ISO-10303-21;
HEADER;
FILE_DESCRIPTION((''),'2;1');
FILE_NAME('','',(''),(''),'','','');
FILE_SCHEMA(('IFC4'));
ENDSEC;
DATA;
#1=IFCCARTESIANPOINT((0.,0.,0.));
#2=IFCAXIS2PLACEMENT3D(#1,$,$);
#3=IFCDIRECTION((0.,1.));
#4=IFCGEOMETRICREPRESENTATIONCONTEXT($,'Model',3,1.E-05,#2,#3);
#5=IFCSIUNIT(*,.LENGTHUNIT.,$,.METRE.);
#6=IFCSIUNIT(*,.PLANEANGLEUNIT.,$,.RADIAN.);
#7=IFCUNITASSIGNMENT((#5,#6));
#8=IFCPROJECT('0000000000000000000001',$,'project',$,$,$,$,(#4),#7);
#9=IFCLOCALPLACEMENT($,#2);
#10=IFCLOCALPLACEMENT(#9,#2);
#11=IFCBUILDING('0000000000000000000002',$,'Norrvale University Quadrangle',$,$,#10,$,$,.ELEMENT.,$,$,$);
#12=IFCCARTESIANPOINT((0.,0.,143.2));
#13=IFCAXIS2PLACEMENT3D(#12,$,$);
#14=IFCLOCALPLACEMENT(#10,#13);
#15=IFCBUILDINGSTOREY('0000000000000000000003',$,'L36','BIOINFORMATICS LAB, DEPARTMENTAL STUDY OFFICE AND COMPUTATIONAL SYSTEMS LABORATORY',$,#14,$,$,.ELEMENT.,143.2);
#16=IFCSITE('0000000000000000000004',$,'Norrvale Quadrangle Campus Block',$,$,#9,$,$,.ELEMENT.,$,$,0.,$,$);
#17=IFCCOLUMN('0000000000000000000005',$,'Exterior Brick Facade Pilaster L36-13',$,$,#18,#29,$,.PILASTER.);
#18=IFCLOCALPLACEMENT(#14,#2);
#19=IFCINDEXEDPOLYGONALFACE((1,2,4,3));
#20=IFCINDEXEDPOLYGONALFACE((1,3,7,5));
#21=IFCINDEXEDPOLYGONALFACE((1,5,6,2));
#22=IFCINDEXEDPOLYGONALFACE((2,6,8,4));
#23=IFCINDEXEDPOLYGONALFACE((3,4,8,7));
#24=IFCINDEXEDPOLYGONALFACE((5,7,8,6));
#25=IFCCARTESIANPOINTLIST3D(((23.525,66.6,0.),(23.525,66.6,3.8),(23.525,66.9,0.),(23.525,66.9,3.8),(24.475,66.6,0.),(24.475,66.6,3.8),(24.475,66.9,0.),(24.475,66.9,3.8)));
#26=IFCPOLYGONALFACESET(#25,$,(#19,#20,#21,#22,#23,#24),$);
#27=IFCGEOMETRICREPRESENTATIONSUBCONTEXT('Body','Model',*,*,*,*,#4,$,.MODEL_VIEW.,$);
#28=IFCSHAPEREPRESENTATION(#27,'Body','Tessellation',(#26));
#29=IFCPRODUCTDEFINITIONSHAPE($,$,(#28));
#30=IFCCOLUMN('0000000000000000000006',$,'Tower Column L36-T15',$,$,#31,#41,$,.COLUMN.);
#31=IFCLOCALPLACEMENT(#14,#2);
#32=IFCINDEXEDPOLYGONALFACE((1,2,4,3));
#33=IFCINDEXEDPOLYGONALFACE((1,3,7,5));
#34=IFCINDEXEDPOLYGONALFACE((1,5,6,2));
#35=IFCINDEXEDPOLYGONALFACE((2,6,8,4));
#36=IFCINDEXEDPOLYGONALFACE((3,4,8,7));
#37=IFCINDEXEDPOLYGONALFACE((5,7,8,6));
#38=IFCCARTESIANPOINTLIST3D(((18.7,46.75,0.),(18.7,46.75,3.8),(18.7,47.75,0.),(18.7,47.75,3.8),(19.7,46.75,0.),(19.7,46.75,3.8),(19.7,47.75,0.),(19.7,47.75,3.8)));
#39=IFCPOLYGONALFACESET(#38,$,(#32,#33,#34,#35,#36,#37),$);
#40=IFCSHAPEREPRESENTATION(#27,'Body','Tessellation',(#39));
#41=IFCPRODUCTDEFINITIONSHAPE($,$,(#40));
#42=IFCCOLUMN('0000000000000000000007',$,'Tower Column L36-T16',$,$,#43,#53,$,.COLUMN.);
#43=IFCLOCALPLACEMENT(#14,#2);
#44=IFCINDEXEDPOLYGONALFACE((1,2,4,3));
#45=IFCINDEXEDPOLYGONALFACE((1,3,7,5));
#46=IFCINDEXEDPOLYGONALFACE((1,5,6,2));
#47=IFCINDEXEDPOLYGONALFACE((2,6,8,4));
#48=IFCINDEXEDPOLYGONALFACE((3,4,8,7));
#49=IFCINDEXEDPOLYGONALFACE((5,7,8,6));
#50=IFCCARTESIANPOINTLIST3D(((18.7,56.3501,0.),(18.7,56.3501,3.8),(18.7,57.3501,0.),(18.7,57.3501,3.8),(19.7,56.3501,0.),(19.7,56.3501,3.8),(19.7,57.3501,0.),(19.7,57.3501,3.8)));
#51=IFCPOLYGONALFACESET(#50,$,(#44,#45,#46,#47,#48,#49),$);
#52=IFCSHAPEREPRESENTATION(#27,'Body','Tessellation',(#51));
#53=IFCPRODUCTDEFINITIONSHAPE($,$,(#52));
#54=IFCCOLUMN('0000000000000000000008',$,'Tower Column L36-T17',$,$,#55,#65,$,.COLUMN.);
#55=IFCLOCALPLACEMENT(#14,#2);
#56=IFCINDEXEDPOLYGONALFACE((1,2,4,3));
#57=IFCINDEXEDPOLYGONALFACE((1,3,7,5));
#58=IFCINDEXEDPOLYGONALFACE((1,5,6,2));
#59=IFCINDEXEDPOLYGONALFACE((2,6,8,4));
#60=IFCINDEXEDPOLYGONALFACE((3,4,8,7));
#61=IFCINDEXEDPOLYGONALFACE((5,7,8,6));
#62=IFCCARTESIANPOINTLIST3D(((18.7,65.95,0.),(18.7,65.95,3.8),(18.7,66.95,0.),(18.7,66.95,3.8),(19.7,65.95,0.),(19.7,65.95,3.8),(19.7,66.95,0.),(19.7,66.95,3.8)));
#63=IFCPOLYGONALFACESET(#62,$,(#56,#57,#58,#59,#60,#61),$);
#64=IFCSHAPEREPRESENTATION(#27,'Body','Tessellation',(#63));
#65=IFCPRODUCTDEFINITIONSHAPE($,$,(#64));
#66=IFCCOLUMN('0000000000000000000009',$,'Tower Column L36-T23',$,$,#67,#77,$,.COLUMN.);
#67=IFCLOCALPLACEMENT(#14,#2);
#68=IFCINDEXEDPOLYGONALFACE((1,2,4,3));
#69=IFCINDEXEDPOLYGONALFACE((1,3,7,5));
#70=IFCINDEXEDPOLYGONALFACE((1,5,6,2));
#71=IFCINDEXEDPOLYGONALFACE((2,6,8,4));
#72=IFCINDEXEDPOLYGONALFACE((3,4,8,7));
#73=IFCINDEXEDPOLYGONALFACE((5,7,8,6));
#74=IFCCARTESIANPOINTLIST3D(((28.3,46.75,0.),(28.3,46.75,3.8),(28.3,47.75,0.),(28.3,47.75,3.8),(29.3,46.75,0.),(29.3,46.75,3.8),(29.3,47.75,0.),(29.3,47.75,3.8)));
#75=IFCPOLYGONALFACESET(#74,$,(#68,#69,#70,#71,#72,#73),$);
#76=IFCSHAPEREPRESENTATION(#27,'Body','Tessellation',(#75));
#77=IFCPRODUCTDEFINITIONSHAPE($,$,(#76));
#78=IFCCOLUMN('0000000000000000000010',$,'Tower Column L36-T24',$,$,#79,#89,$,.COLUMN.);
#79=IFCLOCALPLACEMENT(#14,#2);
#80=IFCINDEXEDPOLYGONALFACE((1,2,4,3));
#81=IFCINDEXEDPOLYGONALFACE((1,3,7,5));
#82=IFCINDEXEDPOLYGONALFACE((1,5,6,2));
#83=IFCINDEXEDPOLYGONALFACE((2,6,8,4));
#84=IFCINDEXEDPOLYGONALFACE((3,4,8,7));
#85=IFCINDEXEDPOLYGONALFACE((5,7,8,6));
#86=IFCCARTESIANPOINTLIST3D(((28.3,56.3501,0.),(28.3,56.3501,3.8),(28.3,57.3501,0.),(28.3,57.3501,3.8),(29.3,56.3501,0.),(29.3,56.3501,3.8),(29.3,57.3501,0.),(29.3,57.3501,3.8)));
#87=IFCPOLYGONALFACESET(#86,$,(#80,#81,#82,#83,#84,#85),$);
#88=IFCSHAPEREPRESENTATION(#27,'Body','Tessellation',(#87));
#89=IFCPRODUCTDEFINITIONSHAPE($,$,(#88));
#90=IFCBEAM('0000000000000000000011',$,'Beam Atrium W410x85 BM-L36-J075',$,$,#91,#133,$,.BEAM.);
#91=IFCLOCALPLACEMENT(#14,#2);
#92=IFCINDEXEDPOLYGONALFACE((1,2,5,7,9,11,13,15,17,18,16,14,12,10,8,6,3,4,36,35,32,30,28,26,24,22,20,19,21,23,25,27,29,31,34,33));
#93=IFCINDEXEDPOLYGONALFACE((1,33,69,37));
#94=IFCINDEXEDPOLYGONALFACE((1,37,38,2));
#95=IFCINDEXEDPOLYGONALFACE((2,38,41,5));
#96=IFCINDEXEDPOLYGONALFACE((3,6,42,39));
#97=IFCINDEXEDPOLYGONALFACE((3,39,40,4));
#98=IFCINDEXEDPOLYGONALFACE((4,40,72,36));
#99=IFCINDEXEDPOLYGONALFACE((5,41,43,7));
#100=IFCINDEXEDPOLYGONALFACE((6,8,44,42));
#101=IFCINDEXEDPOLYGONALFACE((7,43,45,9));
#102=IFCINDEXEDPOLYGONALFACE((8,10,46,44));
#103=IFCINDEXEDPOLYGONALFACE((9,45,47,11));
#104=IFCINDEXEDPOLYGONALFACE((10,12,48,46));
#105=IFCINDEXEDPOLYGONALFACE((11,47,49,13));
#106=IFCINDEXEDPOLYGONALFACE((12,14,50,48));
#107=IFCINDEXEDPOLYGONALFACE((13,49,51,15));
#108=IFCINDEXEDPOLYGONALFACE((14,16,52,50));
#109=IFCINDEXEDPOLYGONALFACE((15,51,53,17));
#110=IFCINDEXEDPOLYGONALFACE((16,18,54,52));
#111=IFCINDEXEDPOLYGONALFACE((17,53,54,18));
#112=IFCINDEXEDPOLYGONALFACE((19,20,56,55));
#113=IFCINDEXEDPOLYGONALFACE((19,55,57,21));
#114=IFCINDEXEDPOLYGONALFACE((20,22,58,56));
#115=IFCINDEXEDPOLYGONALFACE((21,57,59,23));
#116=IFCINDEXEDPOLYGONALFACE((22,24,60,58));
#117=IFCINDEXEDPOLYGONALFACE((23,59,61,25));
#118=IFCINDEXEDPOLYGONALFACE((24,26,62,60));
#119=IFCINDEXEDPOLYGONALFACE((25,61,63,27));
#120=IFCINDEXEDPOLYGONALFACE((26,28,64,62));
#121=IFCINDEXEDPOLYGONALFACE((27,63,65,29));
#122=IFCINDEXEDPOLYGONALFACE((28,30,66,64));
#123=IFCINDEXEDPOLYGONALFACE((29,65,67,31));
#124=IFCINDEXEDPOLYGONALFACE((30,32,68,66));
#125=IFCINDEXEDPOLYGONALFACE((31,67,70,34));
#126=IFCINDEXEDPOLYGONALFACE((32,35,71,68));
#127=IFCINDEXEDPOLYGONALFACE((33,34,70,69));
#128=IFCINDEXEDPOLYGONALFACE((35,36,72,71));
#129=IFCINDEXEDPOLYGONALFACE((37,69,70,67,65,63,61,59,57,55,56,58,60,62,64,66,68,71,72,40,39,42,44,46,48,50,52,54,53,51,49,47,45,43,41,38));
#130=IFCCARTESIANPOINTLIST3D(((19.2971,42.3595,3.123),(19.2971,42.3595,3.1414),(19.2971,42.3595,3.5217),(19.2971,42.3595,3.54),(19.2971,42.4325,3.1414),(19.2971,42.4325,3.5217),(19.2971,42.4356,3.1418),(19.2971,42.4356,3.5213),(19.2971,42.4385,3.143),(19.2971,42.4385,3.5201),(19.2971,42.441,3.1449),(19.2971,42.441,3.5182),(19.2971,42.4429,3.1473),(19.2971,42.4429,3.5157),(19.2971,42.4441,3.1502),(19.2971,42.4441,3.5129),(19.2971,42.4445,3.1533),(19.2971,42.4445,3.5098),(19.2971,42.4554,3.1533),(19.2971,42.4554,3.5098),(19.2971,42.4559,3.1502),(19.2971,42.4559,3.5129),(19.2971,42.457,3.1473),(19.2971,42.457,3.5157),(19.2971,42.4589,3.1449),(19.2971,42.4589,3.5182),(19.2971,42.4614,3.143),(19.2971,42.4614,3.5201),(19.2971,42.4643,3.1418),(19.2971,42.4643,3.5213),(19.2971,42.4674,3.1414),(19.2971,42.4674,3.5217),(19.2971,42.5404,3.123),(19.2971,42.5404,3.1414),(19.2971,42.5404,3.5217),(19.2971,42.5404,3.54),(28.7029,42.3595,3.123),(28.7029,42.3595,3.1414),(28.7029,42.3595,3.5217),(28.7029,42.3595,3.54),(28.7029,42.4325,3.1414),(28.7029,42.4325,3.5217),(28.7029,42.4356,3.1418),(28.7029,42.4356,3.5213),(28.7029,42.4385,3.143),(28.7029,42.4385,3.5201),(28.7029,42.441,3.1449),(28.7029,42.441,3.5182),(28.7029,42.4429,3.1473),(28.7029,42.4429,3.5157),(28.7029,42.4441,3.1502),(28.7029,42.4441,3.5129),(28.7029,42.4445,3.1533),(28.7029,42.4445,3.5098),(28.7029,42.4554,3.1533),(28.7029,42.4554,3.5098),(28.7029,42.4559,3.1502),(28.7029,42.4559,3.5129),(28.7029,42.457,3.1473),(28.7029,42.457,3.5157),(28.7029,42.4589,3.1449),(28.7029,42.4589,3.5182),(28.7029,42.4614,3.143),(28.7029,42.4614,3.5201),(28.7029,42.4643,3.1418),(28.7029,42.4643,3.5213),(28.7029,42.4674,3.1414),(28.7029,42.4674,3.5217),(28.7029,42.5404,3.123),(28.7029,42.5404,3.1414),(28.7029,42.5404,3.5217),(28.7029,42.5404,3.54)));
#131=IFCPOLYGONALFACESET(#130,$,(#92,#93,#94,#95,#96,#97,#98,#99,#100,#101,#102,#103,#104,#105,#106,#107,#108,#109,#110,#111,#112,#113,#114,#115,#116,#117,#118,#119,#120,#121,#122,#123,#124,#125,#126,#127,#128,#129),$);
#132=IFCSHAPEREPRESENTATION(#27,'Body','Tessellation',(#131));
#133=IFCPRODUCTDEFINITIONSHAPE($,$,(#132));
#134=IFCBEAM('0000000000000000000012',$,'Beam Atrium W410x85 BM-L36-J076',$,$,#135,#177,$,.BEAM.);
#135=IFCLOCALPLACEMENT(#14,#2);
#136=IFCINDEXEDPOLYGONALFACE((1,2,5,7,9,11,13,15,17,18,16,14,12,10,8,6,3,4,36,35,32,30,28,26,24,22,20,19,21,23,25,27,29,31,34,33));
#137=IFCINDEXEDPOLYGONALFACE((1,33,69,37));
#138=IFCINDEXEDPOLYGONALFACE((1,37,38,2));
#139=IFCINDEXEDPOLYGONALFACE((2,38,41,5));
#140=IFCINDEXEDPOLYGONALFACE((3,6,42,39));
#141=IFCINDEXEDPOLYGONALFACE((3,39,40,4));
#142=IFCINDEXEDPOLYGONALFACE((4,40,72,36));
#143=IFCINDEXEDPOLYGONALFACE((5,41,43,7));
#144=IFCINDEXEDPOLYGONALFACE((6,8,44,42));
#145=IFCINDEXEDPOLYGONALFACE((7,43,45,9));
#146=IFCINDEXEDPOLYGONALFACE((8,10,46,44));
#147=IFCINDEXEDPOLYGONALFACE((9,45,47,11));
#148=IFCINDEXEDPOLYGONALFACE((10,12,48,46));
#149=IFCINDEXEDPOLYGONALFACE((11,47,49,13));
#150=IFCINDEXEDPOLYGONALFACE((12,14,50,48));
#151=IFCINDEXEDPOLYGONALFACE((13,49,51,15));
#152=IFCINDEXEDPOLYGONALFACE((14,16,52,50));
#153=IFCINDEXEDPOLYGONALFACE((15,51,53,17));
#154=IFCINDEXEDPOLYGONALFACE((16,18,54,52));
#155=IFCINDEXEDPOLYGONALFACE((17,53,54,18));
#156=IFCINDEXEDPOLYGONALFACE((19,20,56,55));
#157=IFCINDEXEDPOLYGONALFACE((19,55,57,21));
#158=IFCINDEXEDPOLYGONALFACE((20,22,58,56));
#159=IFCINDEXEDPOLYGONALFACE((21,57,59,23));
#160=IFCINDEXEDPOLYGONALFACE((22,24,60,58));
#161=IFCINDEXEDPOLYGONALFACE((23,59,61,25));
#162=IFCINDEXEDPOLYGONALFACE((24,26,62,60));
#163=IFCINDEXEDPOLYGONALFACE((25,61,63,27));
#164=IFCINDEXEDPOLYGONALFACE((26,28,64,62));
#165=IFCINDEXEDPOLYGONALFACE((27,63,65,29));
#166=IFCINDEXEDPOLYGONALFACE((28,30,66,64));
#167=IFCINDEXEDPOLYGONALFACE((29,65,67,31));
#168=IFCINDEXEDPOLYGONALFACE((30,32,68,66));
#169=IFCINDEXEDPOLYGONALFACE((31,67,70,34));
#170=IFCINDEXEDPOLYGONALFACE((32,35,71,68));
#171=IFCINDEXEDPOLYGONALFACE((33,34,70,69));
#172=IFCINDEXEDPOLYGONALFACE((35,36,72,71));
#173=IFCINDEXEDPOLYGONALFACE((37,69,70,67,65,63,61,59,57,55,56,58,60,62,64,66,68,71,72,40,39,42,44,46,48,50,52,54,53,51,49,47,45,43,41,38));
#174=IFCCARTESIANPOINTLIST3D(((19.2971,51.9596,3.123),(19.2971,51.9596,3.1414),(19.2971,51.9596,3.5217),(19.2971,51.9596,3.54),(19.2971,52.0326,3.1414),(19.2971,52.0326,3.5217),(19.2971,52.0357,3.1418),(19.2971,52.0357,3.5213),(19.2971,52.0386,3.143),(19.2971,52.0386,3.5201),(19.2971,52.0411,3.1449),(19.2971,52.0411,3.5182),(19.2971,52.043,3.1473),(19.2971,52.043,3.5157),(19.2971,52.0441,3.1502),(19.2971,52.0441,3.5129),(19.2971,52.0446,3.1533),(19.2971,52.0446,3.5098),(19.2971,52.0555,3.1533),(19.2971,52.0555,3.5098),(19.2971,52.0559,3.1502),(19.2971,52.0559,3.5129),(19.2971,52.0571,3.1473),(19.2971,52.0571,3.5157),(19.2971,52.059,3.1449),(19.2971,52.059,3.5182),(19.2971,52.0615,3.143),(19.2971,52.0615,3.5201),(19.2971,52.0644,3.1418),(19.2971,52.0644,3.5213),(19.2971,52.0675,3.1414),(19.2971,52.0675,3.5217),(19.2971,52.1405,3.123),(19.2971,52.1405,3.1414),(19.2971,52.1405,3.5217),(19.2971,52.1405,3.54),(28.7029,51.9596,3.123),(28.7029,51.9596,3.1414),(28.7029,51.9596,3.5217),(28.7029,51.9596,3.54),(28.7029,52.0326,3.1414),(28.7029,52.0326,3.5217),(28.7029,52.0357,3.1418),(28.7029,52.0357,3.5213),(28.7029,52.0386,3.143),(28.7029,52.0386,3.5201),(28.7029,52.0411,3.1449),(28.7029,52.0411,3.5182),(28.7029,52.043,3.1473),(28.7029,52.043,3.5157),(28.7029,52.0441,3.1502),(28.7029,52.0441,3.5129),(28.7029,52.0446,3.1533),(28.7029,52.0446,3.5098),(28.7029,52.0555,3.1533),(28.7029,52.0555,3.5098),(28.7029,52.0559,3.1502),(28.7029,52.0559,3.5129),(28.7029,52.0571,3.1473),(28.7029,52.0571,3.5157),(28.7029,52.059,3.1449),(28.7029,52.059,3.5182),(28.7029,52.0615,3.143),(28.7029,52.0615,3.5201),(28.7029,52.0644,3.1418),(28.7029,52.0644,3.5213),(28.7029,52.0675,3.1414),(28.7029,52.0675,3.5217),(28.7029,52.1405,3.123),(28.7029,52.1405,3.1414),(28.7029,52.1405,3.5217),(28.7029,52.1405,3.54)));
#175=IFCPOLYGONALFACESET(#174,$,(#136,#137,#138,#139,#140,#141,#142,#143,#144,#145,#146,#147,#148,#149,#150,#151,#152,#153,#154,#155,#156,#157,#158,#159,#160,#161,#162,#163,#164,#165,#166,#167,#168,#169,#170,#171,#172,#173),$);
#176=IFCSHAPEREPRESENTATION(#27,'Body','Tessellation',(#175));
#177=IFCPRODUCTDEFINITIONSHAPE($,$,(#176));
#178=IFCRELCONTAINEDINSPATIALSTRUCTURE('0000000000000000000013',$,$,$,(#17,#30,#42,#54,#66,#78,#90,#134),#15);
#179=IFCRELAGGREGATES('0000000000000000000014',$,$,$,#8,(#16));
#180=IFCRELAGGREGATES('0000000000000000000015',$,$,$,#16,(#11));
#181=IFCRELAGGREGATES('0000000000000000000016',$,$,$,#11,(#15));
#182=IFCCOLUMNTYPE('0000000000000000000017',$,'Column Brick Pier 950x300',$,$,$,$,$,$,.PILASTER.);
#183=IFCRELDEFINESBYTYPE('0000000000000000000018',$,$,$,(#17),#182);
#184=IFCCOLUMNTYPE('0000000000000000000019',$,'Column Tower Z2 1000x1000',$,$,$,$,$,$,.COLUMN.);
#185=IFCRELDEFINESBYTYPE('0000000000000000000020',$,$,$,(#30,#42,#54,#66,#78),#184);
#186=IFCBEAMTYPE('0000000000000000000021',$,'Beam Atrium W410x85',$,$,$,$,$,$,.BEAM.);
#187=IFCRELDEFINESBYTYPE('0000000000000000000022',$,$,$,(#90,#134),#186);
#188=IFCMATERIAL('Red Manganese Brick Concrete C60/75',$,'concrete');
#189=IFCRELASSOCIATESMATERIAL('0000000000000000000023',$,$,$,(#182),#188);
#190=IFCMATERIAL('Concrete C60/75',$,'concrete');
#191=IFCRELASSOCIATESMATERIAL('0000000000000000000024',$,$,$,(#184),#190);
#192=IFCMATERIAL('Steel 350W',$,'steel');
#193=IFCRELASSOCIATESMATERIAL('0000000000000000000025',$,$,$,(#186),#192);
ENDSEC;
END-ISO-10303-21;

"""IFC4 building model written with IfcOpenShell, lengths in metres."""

from ifc_helpers import new_model, si_unit, direction, frame, origin, origin_2d, place, context, subcontext, project, spatial, rectangle, i_section, extrude, material, material_profile, profile_set, type_object, element, save


model = new_model("IFC4")

# Units and contexts
model_context = context("Model", 3, precision=1e-05, world=origin(), true_north=direction((0.0, 1.0)))
body_context = subcontext(model_context, "Body", "Model", "MODEL_VIEW")
ifc_project = project(units=[si_unit("LENGTHUNIT", "METRE"), si_unit("PLANEANGLEUNIT", "RADIAN")], contexts=[model_context])

# Site, building, storey
site_placement = place(None, origin())
site = spatial("IfcSite", under=ifc_project, at=site_placement, Name="Norrvale Quadrangle Campus Block", CompositionType="ELEMENT", RefElevation=0.0)
building_placement = place(site_placement, origin())
building = spatial("IfcBuilding", under=site, at=building_placement, Name="Norrvale University Quadrangle", CompositionType="ELEMENT")
storey_placement = place(building_placement, frame((0.0, 0.0, 143.2)))
storey = spatial("IfcBuildingStorey", under=building, at=storey_placement, Name="L36", Description="BIOINFORMATICS LAB, DEPARTMENTAL STUDY OFFICE AND COMPUTATIONAL SYSTEMS LABORATORY", CompositionType="ELEMENT", Elevation=143.2)

# Columns
ifc_material_1 = material(Name="Red Manganese Brick Concrete C60/75", Category="concrete")
ifc_material_profile_1 = material_profile(ifc_material_1, rectangle(XDim=0.95, YDim=0.3, at=origin_2d()), Name="Red Manganese Brick Concrete C60/75")
ifc_profile_set_1 = profile_set([ifc_material_profile_1], Name="Red Manganese Brick Concrete C60/75")
column_type_1 = type_object("IfcColumnType", Name="Column Brick Pier 950x300", PredefinedType="PILASTER", material=ifc_profile_set_1)
column_placement = place(storey_placement, frame((24.0, 66.75, 0.0), z_axis=(0.0, 0.0, 1.0), x_axis=(1.0, 0.0, 0.0)))
element("IfcColumn", 1, at=column_placement, inside=storey, type_object=column_type_1, Name="Exterior Brick Facade Pilaster L36-13", PredefinedType="PILASTER", context=body_context, shape_type="SweptSolid", body=[
    extrude(rectangle(XDim=0.95, YDim=0.3, at=origin_2d()), origin(), (0.0, 0.0, 1.0), 3.8),
])
ifc_material_2 = material(Name="Concrete C60/75", Category="concrete")
ifc_material_profile_2 = material_profile(ifc_material_2, rectangle(XDim=1.0, YDim=1.0, at=origin_2d()), Name="Concrete C60/75")
ifc_profile_set_2 = profile_set([ifc_material_profile_2], Name="Concrete C60/75")
column_type_2 = type_object("IfcColumnType", Name="Column Tower Z2 1000x1000", PredefinedType="COLUMN", material=ifc_profile_set_2)
for number, where, z_axis, x_axis, name in (
    (2, (19.2, 47.25, 0.0), (0.0, 0.0, 1.0), (1.0, 0.0, 0.0), "Tower Column L36-T15"),
    (3, (19.2, 56.8501, 0.0), (0.0, 0.0, 1.0), (1.0, 0.0, 0.0), "Tower Column L36-T16"),
    (4, (19.2, 66.45, 0.0), (0.0, 0.0, 1.0), (1.0, 0.0, 0.0), "Tower Column L36-T17"),
    (5, (28.8, 47.25, 0.0), (0.0, 0.0, 1.0), (1.0, 0.0, 0.0), "Tower Column L36-T23"),
    (6, (28.8, 56.8501, 0.0), (0.0, 0.0, 1.0), (1.0, 0.0, 0.0), "Tower Column L36-T24"),
):
    element("IfcColumn", number, at=place(storey_placement, frame(where, z_axis=z_axis, x_axis=x_axis)), inside=storey, type_object=column_type_2, Name=name, PredefinedType="COLUMN", context=body_context, shape_type="SweptSolid", body=[
        extrude(rectangle(XDim=1.0, YDim=1.0, at=origin_2d()), origin(), (0.0, 0.0, 1.0), 3.8),
    ])

# Beams
ifc_material_3 = material(Name="Steel 350W", Category="steel")
ifc_material_profile_3 = material_profile(ifc_material_3, i_section(OverallWidth=0.1809, OverallDepth=0.417, WebThickness=0.011, FlangeThickness=0.0183, FilletRadius=0.012, at=origin_2d()), Name="Steel 350W")
ifc_profile_set_3 = profile_set([ifc_material_profile_3], Name="Steel 350W")
beam_type_1 = type_object("IfcBeamType", Name="Beam Atrium W410x85", PredefinedType="BEAM", material=ifc_profile_set_3)
for number, where, z_axis, x_axis, name in (
    (7, (19.2971, 42.45, 3.3315), (1.0, 0.0, 0.0), (0.0, 1.0, 0.0), "Beam Atrium W410x85 BM-L36-J075"),
    (8, (19.2971, 52.05, 3.3315), (1.0, 0.0, 0.0), (0.0, 1.0, 0.0), "Beam Atrium W410x85 BM-L36-J076"),
):
    element("IfcBeam", number, at=place(storey_placement, frame(where, z_axis=z_axis, x_axis=x_axis)), inside=storey, type_object=beam_type_1, Name=name, PredefinedType="BEAM", context=body_context, shape_type="SweptSolid", body=[
        extrude(i_section(OverallWidth=0.1809, OverallDepth=0.417, WebThickness=0.011, FlangeThickness=0.0183, FilletRadius=0.012, at=origin_2d()), origin(), (0.0, 0.0, 1.0), 9.4058),
    ])

save(model, "model.ifc")
